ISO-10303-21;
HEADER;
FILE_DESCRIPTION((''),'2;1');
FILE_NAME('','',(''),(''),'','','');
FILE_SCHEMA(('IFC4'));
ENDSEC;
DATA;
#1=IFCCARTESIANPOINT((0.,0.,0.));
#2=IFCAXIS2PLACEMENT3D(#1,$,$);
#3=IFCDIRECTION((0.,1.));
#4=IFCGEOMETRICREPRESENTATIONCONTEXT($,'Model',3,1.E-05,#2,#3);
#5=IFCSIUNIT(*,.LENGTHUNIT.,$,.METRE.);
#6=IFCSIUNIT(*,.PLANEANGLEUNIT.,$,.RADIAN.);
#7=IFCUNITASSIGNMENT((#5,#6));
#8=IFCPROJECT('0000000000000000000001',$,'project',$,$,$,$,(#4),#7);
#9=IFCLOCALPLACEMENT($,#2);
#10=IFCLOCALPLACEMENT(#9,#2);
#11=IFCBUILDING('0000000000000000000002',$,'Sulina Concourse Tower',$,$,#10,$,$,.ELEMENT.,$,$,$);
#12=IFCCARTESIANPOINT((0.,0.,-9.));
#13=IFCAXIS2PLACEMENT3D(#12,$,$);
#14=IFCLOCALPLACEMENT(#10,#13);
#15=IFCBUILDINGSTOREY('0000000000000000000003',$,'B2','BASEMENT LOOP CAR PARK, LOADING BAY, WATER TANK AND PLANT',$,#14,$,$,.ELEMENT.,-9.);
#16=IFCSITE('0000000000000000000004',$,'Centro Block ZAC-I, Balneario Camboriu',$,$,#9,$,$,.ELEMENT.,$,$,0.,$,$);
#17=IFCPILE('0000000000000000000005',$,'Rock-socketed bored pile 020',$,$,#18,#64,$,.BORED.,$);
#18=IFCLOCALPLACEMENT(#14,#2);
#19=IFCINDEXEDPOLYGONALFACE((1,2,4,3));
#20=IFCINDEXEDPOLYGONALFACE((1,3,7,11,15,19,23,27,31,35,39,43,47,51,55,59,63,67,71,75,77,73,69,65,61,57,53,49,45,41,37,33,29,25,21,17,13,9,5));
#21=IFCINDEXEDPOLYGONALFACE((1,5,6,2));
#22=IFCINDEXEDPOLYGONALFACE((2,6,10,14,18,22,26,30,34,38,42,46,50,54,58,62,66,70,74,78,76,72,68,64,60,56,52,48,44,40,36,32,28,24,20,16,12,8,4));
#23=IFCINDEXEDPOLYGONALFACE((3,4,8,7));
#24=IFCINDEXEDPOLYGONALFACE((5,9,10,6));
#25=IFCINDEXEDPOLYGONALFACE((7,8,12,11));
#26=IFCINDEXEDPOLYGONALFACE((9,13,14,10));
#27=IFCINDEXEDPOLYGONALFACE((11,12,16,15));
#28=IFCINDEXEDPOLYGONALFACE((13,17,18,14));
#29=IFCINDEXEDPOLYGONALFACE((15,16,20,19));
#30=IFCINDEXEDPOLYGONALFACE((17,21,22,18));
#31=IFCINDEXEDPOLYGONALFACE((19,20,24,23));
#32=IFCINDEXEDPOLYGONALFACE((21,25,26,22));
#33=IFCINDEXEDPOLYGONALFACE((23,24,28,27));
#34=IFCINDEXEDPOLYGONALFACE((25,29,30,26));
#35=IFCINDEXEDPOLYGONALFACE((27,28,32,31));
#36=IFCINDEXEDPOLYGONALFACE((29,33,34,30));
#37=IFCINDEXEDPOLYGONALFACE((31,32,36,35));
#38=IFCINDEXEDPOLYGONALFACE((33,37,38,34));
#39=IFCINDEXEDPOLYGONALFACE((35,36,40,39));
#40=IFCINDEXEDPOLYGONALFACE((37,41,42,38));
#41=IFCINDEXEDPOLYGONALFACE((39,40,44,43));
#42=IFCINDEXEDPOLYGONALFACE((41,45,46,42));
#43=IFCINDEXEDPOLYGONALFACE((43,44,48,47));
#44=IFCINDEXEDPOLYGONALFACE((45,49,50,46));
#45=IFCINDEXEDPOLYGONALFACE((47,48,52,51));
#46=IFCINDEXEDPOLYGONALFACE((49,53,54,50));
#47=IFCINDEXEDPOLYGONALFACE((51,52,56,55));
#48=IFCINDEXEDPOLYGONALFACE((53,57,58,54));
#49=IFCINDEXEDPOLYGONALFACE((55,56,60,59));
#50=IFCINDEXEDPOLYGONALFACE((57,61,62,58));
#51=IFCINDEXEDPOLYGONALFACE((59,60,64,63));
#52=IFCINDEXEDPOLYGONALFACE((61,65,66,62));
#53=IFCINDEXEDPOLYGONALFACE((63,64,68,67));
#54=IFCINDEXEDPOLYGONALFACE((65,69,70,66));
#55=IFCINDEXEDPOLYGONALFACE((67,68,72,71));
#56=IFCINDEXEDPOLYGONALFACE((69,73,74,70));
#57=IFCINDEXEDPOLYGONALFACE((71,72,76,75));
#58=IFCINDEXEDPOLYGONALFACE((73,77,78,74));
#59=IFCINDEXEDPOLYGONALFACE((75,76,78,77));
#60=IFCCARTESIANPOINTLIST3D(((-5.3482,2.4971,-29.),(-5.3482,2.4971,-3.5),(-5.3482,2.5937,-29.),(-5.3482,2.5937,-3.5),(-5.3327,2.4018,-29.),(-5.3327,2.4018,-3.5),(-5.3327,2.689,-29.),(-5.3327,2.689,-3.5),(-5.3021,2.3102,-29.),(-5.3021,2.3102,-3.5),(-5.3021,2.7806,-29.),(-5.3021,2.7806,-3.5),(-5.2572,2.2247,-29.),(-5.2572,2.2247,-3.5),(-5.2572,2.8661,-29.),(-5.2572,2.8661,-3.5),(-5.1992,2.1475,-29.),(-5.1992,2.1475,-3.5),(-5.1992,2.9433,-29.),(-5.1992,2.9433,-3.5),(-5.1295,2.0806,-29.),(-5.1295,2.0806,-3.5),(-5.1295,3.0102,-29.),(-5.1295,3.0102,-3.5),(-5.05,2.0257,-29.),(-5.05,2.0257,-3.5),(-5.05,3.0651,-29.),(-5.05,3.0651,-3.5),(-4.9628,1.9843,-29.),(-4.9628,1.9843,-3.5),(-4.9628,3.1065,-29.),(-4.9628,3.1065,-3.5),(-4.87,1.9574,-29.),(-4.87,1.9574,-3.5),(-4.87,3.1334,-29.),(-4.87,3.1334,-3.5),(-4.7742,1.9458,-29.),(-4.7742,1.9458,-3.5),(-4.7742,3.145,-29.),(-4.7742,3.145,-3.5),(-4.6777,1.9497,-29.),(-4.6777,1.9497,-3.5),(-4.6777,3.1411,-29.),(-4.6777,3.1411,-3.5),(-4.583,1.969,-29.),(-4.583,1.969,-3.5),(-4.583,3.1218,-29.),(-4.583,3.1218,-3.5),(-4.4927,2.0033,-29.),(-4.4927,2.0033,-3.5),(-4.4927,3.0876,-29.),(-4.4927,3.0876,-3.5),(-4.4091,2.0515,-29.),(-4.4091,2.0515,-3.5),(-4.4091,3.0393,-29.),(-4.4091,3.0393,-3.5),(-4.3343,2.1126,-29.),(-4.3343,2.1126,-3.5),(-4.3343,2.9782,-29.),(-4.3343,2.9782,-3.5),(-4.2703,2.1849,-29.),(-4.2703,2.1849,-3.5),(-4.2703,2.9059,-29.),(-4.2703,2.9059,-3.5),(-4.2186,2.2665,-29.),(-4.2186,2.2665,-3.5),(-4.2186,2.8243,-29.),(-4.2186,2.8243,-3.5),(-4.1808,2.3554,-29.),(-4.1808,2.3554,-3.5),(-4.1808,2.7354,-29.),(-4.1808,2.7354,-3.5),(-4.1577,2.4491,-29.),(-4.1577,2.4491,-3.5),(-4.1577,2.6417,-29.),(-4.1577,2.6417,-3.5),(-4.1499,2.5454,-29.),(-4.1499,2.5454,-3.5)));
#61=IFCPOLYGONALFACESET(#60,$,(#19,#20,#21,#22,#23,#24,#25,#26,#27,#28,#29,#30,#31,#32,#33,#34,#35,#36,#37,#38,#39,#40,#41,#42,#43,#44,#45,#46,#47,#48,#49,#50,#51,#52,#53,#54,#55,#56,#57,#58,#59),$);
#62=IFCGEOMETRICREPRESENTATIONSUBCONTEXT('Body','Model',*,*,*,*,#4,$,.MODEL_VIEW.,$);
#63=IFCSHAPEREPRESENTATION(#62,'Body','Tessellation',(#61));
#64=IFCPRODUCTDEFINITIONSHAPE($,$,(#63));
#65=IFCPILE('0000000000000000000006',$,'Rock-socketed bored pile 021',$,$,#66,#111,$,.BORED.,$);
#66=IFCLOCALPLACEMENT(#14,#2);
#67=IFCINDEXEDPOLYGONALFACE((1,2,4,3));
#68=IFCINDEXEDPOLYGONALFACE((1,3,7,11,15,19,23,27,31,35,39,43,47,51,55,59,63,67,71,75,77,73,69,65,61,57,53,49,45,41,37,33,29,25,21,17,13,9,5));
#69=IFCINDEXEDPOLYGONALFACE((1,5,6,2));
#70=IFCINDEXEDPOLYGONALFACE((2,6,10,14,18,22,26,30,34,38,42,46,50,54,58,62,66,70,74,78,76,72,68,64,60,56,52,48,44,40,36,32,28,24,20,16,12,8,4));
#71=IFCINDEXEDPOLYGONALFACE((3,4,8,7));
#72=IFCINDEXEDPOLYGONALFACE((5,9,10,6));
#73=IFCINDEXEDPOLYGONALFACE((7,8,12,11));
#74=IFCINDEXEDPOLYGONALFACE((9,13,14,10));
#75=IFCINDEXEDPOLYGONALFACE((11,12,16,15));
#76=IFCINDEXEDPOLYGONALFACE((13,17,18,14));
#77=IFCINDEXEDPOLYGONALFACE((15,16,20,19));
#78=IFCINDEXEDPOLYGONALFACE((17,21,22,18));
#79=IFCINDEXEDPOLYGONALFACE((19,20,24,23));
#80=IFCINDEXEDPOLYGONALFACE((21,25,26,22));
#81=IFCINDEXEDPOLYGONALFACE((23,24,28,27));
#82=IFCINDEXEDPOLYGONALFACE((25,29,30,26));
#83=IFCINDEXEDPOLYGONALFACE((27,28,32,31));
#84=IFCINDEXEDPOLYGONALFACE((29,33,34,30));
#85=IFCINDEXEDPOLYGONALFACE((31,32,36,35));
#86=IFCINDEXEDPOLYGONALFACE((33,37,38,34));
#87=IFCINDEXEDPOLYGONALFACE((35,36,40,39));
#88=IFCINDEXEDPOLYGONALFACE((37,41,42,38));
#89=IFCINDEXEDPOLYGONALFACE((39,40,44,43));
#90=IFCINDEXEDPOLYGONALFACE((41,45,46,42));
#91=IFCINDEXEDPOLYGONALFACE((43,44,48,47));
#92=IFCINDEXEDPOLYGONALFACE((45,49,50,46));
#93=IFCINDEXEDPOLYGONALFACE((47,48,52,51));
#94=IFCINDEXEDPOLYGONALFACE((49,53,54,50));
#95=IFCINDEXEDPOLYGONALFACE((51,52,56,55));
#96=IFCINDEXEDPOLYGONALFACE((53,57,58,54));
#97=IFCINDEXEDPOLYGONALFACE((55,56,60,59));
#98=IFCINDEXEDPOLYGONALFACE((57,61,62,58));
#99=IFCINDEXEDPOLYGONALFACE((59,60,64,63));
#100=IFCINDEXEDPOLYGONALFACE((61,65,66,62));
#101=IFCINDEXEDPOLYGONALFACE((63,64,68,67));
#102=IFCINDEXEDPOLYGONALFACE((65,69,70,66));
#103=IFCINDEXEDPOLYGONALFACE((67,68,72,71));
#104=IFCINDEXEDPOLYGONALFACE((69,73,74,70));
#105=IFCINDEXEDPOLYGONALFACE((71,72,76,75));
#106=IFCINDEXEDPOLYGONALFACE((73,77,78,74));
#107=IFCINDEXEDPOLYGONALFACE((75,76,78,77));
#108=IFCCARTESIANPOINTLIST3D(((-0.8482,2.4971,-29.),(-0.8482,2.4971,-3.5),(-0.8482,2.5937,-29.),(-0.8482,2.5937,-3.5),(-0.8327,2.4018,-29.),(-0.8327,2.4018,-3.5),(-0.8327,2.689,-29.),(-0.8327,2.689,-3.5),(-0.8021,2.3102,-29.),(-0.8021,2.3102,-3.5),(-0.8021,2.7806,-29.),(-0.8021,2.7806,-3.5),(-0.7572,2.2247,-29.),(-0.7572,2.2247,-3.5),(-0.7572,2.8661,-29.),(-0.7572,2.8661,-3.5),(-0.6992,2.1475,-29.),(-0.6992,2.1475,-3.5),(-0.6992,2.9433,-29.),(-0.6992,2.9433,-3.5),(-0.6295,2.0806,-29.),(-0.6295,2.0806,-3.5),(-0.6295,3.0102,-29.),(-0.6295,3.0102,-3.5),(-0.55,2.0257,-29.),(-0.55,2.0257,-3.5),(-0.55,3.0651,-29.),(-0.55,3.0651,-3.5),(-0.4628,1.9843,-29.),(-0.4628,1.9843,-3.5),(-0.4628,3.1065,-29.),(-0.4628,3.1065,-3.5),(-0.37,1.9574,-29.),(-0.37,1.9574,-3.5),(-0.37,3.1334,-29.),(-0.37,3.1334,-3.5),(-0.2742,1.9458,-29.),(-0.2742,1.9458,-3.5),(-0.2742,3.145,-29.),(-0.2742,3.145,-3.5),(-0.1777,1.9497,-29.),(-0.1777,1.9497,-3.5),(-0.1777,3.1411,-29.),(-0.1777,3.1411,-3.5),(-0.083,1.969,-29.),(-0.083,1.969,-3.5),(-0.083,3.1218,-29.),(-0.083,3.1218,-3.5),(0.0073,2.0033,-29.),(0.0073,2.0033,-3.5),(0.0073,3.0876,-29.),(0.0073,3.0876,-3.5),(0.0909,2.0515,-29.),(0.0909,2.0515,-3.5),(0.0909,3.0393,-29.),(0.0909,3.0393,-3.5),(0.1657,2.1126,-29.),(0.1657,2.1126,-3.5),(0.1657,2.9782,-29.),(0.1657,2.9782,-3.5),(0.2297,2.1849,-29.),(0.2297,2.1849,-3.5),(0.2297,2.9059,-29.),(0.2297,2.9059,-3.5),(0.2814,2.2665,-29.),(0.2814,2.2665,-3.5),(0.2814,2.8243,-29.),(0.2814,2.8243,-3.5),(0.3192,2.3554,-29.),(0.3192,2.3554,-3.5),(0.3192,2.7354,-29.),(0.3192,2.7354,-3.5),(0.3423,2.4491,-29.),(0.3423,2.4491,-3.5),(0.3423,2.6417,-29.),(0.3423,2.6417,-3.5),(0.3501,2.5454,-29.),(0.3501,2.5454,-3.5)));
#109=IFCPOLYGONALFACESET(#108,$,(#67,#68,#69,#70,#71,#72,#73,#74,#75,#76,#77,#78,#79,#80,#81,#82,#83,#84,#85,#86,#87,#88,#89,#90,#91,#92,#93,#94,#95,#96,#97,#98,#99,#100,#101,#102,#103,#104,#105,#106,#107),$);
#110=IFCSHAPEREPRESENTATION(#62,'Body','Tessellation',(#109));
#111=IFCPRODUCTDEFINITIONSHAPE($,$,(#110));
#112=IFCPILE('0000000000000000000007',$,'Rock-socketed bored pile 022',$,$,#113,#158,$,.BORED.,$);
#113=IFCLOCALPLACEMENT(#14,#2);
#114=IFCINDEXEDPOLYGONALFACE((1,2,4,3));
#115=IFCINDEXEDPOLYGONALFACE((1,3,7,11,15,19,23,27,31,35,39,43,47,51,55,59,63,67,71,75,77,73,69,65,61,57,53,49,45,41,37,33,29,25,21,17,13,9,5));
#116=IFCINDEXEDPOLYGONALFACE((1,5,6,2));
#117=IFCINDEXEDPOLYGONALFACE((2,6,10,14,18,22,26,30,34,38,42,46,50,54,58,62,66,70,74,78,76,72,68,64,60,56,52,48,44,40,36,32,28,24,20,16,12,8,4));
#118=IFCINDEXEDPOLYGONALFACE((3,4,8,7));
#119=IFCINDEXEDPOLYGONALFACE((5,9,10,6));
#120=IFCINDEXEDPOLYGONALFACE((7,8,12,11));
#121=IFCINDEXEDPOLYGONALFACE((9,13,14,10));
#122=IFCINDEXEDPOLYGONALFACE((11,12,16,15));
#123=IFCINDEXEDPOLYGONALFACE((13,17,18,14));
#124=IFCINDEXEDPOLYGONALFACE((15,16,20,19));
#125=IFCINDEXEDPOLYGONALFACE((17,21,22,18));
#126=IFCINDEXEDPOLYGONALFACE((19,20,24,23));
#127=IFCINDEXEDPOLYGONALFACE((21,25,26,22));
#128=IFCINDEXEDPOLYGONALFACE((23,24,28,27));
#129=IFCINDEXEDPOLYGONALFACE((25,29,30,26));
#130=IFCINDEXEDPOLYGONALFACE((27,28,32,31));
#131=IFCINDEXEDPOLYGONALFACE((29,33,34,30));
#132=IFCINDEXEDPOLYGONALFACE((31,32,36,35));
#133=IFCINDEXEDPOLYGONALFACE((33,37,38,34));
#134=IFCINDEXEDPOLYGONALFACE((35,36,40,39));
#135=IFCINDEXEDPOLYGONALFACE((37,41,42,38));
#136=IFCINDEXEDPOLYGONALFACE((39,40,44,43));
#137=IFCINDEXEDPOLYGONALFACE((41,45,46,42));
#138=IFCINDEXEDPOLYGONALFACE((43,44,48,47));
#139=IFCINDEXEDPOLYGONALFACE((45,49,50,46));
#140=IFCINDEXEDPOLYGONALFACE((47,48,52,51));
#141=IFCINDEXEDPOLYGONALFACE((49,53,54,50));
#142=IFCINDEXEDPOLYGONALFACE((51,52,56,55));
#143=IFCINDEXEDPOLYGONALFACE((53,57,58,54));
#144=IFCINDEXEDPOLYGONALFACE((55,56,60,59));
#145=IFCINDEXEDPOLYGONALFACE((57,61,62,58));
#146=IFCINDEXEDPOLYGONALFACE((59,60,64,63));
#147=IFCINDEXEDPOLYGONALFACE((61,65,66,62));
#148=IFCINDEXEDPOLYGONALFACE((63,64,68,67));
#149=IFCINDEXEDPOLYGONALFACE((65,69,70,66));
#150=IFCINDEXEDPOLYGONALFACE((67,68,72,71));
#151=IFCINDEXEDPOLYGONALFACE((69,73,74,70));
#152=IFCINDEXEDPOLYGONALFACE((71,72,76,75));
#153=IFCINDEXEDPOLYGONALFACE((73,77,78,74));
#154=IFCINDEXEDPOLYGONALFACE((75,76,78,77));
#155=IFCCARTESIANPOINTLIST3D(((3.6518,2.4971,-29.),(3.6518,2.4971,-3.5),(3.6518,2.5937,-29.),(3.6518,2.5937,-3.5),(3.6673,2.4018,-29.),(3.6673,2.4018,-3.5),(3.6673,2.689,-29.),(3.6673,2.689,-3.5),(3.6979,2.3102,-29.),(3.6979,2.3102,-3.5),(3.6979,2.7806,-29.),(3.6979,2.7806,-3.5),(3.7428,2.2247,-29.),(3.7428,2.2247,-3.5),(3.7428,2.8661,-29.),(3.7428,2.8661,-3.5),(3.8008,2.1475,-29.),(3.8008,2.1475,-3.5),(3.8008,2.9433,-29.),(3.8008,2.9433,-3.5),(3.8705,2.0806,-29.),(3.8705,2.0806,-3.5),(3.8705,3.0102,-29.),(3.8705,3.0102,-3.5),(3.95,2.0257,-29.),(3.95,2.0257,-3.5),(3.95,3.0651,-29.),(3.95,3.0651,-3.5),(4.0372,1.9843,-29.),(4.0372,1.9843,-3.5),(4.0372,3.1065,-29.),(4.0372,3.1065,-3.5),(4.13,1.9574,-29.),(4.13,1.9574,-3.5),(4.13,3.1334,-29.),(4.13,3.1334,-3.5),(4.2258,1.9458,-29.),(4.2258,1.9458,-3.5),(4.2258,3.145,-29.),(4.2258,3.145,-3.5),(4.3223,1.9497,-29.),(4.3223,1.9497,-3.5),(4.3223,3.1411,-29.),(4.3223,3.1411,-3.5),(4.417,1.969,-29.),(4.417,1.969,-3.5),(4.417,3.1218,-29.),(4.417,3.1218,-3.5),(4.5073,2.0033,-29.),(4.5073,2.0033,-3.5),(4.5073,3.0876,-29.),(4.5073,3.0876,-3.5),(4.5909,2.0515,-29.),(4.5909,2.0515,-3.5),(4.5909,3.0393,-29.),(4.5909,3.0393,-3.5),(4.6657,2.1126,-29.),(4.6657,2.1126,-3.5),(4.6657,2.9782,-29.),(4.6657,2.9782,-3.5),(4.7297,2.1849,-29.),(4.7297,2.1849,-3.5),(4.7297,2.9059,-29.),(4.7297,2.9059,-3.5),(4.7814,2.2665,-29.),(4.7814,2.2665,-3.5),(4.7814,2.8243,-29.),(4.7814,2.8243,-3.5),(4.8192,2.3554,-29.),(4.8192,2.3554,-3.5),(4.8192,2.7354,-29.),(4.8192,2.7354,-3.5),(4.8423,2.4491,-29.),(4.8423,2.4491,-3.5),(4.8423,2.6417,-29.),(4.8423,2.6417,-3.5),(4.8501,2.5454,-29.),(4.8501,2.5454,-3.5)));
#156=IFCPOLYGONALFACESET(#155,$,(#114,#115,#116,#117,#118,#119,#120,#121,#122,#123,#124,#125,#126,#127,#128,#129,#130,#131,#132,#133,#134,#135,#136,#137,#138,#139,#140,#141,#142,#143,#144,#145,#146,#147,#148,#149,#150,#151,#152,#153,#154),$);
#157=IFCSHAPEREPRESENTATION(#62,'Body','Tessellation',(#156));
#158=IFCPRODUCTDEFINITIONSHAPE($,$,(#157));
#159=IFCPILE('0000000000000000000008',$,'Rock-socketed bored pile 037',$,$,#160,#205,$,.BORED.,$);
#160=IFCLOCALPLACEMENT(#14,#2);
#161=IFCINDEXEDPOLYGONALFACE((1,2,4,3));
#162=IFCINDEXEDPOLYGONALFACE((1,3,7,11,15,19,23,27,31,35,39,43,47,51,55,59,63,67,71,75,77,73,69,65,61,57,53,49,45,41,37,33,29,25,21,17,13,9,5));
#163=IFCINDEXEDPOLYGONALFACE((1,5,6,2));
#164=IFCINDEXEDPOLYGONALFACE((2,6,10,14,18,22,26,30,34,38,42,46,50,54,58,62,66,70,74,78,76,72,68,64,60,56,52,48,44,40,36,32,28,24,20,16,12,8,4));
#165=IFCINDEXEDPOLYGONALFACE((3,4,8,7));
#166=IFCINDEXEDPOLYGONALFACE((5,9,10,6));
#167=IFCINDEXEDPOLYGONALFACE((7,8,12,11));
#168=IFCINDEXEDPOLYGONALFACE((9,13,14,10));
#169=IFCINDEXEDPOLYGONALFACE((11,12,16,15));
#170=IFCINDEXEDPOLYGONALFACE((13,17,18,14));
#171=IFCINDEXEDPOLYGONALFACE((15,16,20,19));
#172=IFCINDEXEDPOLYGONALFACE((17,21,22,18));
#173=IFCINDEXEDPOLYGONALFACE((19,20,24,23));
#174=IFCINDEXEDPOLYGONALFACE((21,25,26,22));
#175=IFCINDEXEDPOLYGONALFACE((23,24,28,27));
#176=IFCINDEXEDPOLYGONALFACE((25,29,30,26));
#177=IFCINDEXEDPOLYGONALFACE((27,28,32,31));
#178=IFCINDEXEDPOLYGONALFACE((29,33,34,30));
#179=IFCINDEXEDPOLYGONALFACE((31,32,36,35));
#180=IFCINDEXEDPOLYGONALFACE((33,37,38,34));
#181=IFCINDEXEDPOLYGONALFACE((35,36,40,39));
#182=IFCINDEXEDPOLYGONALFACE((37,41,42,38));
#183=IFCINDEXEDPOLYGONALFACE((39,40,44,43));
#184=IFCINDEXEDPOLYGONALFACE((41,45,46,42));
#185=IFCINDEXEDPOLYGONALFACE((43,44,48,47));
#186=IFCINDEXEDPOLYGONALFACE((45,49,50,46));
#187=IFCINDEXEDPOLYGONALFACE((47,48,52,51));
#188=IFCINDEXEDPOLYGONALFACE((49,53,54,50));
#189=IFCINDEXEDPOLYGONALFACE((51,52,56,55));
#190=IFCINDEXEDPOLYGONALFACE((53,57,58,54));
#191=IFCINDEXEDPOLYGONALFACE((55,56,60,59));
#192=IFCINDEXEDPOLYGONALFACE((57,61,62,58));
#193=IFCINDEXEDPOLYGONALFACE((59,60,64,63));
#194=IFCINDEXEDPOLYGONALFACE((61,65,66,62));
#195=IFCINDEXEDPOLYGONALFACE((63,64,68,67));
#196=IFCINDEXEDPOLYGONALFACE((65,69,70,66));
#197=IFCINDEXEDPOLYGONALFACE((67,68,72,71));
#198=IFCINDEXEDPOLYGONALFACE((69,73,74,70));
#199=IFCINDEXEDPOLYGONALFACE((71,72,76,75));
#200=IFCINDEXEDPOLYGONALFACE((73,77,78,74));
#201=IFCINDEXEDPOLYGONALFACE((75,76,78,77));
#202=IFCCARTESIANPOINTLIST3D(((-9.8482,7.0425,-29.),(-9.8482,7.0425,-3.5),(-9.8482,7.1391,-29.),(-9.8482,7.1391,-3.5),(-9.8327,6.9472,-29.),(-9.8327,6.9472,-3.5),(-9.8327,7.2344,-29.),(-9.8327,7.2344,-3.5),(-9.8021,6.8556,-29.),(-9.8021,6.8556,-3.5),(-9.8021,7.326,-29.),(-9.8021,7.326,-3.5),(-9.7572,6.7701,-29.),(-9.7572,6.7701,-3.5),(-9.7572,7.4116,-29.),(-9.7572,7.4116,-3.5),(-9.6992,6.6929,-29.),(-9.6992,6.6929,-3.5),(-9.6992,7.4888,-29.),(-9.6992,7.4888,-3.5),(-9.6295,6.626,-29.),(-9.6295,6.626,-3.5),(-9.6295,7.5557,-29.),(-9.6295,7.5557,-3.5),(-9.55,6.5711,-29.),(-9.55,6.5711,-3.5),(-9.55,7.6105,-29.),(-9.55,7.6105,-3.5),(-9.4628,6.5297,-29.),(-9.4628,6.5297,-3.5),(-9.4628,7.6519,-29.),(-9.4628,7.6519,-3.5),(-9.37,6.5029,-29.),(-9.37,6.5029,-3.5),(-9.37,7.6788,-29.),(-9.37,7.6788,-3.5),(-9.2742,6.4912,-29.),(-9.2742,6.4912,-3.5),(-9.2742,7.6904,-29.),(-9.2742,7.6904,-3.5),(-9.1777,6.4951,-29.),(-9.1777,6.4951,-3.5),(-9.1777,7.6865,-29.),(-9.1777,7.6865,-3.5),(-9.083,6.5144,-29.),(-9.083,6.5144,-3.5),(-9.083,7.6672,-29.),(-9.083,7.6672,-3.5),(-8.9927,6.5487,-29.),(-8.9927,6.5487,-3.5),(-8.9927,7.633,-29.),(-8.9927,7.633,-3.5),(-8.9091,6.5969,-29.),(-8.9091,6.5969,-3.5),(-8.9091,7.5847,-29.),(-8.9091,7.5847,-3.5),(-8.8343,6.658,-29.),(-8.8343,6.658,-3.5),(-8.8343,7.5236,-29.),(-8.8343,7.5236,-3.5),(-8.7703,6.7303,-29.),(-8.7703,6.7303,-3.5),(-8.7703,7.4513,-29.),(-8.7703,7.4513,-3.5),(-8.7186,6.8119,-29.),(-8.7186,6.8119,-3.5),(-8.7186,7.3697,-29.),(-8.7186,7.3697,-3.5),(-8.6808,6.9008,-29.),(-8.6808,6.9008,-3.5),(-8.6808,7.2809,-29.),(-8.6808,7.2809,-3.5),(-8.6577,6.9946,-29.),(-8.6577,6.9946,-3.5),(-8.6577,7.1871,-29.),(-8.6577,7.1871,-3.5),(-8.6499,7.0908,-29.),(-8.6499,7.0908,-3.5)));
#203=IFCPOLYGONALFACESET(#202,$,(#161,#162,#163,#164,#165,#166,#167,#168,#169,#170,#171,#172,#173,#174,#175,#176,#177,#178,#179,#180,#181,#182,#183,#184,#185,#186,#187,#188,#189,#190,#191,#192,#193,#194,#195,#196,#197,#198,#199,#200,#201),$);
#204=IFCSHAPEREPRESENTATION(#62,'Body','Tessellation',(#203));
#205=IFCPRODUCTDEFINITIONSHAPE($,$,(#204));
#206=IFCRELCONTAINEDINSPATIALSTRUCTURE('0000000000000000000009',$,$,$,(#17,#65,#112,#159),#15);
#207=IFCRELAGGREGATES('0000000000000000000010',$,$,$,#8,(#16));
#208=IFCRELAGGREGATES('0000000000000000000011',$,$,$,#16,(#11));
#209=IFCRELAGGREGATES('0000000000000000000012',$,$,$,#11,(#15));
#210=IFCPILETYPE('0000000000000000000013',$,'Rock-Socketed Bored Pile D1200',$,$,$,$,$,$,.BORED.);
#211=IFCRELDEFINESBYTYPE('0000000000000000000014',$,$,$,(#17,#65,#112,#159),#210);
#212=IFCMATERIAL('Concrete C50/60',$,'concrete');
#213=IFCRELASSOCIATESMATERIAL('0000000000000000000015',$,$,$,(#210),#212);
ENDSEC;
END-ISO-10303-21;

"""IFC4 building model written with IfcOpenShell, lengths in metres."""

from ifc_helpers import new_model, si_unit, direction, frame, origin, origin_2d, place, context, subcontext, project, spatial, circle, extrude, material, material_profile, profile_set, type_object, element, save


model = new_model("IFC4")

# Units and contexts
model_context = context("Model", 3, precision=1e-05, world=origin(), true_north=direction((0.0, 1.0)))
body_context = subcontext(model_context, "Body", "Model", "MODEL_VIEW")
ifc_project = project(units=[si_unit("LENGTHUNIT", "METRE"), si_unit("PLANEANGLEUNIT", "RADIAN")], contexts=[model_context])

# Site, building, storey
site_placement = place(None, origin())
site = spatial("IfcSite", under=ifc_project, at=site_placement, Name="Centro Block ZAC-I, Balneario Camboriu", CompositionType="ELEMENT", RefElevation=0.0)
building_placement = place(site_placement, origin())
building = spatial("IfcBuilding", under=site, at=building_placement, Name="Sulina Concourse Tower", CompositionType="ELEMENT")
storey_placement = place(building_placement, frame((0.0, 0.0, -9.0)))
storey = spatial("IfcBuildingStorey", under=building, at=storey_placement, Name="B2", Description="BASEMENT LOOP CAR PARK, LOADING BAY, WATER TANK AND PLANT", CompositionType="ELEMENT", Elevation=-9.0)

# Piles
ifc_material_1 = material(Name="Concrete C50/60", Category="concrete")
ifc_material_profile_1 = material_profile(ifc_material_1, circle(Radius=0.6001, at=origin_2d()), Name="PILE D1200")
ifc_profile_set_1 = profile_set([ifc_material_profile_1], Name="Concrete C50/60")
pile_type_1 = type_object("IfcPileType", Name="Rock-Socketed Bored Pile D1200", PredefinedType="BORED", material=ifc_profile_set_1)
for number, where, z_axis, x_axis, name in (
    (1, (-4.75, 2.5454, -3.5), (0.0, 0.0, -1.0), (1.0, 0.0, 0.0), "Rock-socketed bored pile 020"),
    (2, (-0.25, 2.5454, -3.5), (0.0, 0.0, -1.0), (1.0, 0.0, 0.0), "Rock-socketed bored pile 021"),
    (3, (4.25, 2.5454, -3.5), (0.0, 0.0, -1.0), (1.0, 0.0, 0.0), "Rock-socketed bored pile 022"),
    (4, (-9.25, 7.0908, -3.5), (0.0, 0.0, -1.0), (1.0, 0.0, 0.0), "Rock-socketed bored pile 037"),
):
    element("IfcPile", number, at=place(storey_placement, frame(where, z_axis=z_axis, x_axis=x_axis)), inside=storey, type_object=pile_type_1, Name=name, PredefinedType="BORED", context=body_context, shape_type="SweptSolid", body=[
        extrude(circle(Radius=0.6001, at=origin_2d()), origin(), (0.0, 0.0, 1.0), 25.5),
    ])

save(model, "model.ifc")
